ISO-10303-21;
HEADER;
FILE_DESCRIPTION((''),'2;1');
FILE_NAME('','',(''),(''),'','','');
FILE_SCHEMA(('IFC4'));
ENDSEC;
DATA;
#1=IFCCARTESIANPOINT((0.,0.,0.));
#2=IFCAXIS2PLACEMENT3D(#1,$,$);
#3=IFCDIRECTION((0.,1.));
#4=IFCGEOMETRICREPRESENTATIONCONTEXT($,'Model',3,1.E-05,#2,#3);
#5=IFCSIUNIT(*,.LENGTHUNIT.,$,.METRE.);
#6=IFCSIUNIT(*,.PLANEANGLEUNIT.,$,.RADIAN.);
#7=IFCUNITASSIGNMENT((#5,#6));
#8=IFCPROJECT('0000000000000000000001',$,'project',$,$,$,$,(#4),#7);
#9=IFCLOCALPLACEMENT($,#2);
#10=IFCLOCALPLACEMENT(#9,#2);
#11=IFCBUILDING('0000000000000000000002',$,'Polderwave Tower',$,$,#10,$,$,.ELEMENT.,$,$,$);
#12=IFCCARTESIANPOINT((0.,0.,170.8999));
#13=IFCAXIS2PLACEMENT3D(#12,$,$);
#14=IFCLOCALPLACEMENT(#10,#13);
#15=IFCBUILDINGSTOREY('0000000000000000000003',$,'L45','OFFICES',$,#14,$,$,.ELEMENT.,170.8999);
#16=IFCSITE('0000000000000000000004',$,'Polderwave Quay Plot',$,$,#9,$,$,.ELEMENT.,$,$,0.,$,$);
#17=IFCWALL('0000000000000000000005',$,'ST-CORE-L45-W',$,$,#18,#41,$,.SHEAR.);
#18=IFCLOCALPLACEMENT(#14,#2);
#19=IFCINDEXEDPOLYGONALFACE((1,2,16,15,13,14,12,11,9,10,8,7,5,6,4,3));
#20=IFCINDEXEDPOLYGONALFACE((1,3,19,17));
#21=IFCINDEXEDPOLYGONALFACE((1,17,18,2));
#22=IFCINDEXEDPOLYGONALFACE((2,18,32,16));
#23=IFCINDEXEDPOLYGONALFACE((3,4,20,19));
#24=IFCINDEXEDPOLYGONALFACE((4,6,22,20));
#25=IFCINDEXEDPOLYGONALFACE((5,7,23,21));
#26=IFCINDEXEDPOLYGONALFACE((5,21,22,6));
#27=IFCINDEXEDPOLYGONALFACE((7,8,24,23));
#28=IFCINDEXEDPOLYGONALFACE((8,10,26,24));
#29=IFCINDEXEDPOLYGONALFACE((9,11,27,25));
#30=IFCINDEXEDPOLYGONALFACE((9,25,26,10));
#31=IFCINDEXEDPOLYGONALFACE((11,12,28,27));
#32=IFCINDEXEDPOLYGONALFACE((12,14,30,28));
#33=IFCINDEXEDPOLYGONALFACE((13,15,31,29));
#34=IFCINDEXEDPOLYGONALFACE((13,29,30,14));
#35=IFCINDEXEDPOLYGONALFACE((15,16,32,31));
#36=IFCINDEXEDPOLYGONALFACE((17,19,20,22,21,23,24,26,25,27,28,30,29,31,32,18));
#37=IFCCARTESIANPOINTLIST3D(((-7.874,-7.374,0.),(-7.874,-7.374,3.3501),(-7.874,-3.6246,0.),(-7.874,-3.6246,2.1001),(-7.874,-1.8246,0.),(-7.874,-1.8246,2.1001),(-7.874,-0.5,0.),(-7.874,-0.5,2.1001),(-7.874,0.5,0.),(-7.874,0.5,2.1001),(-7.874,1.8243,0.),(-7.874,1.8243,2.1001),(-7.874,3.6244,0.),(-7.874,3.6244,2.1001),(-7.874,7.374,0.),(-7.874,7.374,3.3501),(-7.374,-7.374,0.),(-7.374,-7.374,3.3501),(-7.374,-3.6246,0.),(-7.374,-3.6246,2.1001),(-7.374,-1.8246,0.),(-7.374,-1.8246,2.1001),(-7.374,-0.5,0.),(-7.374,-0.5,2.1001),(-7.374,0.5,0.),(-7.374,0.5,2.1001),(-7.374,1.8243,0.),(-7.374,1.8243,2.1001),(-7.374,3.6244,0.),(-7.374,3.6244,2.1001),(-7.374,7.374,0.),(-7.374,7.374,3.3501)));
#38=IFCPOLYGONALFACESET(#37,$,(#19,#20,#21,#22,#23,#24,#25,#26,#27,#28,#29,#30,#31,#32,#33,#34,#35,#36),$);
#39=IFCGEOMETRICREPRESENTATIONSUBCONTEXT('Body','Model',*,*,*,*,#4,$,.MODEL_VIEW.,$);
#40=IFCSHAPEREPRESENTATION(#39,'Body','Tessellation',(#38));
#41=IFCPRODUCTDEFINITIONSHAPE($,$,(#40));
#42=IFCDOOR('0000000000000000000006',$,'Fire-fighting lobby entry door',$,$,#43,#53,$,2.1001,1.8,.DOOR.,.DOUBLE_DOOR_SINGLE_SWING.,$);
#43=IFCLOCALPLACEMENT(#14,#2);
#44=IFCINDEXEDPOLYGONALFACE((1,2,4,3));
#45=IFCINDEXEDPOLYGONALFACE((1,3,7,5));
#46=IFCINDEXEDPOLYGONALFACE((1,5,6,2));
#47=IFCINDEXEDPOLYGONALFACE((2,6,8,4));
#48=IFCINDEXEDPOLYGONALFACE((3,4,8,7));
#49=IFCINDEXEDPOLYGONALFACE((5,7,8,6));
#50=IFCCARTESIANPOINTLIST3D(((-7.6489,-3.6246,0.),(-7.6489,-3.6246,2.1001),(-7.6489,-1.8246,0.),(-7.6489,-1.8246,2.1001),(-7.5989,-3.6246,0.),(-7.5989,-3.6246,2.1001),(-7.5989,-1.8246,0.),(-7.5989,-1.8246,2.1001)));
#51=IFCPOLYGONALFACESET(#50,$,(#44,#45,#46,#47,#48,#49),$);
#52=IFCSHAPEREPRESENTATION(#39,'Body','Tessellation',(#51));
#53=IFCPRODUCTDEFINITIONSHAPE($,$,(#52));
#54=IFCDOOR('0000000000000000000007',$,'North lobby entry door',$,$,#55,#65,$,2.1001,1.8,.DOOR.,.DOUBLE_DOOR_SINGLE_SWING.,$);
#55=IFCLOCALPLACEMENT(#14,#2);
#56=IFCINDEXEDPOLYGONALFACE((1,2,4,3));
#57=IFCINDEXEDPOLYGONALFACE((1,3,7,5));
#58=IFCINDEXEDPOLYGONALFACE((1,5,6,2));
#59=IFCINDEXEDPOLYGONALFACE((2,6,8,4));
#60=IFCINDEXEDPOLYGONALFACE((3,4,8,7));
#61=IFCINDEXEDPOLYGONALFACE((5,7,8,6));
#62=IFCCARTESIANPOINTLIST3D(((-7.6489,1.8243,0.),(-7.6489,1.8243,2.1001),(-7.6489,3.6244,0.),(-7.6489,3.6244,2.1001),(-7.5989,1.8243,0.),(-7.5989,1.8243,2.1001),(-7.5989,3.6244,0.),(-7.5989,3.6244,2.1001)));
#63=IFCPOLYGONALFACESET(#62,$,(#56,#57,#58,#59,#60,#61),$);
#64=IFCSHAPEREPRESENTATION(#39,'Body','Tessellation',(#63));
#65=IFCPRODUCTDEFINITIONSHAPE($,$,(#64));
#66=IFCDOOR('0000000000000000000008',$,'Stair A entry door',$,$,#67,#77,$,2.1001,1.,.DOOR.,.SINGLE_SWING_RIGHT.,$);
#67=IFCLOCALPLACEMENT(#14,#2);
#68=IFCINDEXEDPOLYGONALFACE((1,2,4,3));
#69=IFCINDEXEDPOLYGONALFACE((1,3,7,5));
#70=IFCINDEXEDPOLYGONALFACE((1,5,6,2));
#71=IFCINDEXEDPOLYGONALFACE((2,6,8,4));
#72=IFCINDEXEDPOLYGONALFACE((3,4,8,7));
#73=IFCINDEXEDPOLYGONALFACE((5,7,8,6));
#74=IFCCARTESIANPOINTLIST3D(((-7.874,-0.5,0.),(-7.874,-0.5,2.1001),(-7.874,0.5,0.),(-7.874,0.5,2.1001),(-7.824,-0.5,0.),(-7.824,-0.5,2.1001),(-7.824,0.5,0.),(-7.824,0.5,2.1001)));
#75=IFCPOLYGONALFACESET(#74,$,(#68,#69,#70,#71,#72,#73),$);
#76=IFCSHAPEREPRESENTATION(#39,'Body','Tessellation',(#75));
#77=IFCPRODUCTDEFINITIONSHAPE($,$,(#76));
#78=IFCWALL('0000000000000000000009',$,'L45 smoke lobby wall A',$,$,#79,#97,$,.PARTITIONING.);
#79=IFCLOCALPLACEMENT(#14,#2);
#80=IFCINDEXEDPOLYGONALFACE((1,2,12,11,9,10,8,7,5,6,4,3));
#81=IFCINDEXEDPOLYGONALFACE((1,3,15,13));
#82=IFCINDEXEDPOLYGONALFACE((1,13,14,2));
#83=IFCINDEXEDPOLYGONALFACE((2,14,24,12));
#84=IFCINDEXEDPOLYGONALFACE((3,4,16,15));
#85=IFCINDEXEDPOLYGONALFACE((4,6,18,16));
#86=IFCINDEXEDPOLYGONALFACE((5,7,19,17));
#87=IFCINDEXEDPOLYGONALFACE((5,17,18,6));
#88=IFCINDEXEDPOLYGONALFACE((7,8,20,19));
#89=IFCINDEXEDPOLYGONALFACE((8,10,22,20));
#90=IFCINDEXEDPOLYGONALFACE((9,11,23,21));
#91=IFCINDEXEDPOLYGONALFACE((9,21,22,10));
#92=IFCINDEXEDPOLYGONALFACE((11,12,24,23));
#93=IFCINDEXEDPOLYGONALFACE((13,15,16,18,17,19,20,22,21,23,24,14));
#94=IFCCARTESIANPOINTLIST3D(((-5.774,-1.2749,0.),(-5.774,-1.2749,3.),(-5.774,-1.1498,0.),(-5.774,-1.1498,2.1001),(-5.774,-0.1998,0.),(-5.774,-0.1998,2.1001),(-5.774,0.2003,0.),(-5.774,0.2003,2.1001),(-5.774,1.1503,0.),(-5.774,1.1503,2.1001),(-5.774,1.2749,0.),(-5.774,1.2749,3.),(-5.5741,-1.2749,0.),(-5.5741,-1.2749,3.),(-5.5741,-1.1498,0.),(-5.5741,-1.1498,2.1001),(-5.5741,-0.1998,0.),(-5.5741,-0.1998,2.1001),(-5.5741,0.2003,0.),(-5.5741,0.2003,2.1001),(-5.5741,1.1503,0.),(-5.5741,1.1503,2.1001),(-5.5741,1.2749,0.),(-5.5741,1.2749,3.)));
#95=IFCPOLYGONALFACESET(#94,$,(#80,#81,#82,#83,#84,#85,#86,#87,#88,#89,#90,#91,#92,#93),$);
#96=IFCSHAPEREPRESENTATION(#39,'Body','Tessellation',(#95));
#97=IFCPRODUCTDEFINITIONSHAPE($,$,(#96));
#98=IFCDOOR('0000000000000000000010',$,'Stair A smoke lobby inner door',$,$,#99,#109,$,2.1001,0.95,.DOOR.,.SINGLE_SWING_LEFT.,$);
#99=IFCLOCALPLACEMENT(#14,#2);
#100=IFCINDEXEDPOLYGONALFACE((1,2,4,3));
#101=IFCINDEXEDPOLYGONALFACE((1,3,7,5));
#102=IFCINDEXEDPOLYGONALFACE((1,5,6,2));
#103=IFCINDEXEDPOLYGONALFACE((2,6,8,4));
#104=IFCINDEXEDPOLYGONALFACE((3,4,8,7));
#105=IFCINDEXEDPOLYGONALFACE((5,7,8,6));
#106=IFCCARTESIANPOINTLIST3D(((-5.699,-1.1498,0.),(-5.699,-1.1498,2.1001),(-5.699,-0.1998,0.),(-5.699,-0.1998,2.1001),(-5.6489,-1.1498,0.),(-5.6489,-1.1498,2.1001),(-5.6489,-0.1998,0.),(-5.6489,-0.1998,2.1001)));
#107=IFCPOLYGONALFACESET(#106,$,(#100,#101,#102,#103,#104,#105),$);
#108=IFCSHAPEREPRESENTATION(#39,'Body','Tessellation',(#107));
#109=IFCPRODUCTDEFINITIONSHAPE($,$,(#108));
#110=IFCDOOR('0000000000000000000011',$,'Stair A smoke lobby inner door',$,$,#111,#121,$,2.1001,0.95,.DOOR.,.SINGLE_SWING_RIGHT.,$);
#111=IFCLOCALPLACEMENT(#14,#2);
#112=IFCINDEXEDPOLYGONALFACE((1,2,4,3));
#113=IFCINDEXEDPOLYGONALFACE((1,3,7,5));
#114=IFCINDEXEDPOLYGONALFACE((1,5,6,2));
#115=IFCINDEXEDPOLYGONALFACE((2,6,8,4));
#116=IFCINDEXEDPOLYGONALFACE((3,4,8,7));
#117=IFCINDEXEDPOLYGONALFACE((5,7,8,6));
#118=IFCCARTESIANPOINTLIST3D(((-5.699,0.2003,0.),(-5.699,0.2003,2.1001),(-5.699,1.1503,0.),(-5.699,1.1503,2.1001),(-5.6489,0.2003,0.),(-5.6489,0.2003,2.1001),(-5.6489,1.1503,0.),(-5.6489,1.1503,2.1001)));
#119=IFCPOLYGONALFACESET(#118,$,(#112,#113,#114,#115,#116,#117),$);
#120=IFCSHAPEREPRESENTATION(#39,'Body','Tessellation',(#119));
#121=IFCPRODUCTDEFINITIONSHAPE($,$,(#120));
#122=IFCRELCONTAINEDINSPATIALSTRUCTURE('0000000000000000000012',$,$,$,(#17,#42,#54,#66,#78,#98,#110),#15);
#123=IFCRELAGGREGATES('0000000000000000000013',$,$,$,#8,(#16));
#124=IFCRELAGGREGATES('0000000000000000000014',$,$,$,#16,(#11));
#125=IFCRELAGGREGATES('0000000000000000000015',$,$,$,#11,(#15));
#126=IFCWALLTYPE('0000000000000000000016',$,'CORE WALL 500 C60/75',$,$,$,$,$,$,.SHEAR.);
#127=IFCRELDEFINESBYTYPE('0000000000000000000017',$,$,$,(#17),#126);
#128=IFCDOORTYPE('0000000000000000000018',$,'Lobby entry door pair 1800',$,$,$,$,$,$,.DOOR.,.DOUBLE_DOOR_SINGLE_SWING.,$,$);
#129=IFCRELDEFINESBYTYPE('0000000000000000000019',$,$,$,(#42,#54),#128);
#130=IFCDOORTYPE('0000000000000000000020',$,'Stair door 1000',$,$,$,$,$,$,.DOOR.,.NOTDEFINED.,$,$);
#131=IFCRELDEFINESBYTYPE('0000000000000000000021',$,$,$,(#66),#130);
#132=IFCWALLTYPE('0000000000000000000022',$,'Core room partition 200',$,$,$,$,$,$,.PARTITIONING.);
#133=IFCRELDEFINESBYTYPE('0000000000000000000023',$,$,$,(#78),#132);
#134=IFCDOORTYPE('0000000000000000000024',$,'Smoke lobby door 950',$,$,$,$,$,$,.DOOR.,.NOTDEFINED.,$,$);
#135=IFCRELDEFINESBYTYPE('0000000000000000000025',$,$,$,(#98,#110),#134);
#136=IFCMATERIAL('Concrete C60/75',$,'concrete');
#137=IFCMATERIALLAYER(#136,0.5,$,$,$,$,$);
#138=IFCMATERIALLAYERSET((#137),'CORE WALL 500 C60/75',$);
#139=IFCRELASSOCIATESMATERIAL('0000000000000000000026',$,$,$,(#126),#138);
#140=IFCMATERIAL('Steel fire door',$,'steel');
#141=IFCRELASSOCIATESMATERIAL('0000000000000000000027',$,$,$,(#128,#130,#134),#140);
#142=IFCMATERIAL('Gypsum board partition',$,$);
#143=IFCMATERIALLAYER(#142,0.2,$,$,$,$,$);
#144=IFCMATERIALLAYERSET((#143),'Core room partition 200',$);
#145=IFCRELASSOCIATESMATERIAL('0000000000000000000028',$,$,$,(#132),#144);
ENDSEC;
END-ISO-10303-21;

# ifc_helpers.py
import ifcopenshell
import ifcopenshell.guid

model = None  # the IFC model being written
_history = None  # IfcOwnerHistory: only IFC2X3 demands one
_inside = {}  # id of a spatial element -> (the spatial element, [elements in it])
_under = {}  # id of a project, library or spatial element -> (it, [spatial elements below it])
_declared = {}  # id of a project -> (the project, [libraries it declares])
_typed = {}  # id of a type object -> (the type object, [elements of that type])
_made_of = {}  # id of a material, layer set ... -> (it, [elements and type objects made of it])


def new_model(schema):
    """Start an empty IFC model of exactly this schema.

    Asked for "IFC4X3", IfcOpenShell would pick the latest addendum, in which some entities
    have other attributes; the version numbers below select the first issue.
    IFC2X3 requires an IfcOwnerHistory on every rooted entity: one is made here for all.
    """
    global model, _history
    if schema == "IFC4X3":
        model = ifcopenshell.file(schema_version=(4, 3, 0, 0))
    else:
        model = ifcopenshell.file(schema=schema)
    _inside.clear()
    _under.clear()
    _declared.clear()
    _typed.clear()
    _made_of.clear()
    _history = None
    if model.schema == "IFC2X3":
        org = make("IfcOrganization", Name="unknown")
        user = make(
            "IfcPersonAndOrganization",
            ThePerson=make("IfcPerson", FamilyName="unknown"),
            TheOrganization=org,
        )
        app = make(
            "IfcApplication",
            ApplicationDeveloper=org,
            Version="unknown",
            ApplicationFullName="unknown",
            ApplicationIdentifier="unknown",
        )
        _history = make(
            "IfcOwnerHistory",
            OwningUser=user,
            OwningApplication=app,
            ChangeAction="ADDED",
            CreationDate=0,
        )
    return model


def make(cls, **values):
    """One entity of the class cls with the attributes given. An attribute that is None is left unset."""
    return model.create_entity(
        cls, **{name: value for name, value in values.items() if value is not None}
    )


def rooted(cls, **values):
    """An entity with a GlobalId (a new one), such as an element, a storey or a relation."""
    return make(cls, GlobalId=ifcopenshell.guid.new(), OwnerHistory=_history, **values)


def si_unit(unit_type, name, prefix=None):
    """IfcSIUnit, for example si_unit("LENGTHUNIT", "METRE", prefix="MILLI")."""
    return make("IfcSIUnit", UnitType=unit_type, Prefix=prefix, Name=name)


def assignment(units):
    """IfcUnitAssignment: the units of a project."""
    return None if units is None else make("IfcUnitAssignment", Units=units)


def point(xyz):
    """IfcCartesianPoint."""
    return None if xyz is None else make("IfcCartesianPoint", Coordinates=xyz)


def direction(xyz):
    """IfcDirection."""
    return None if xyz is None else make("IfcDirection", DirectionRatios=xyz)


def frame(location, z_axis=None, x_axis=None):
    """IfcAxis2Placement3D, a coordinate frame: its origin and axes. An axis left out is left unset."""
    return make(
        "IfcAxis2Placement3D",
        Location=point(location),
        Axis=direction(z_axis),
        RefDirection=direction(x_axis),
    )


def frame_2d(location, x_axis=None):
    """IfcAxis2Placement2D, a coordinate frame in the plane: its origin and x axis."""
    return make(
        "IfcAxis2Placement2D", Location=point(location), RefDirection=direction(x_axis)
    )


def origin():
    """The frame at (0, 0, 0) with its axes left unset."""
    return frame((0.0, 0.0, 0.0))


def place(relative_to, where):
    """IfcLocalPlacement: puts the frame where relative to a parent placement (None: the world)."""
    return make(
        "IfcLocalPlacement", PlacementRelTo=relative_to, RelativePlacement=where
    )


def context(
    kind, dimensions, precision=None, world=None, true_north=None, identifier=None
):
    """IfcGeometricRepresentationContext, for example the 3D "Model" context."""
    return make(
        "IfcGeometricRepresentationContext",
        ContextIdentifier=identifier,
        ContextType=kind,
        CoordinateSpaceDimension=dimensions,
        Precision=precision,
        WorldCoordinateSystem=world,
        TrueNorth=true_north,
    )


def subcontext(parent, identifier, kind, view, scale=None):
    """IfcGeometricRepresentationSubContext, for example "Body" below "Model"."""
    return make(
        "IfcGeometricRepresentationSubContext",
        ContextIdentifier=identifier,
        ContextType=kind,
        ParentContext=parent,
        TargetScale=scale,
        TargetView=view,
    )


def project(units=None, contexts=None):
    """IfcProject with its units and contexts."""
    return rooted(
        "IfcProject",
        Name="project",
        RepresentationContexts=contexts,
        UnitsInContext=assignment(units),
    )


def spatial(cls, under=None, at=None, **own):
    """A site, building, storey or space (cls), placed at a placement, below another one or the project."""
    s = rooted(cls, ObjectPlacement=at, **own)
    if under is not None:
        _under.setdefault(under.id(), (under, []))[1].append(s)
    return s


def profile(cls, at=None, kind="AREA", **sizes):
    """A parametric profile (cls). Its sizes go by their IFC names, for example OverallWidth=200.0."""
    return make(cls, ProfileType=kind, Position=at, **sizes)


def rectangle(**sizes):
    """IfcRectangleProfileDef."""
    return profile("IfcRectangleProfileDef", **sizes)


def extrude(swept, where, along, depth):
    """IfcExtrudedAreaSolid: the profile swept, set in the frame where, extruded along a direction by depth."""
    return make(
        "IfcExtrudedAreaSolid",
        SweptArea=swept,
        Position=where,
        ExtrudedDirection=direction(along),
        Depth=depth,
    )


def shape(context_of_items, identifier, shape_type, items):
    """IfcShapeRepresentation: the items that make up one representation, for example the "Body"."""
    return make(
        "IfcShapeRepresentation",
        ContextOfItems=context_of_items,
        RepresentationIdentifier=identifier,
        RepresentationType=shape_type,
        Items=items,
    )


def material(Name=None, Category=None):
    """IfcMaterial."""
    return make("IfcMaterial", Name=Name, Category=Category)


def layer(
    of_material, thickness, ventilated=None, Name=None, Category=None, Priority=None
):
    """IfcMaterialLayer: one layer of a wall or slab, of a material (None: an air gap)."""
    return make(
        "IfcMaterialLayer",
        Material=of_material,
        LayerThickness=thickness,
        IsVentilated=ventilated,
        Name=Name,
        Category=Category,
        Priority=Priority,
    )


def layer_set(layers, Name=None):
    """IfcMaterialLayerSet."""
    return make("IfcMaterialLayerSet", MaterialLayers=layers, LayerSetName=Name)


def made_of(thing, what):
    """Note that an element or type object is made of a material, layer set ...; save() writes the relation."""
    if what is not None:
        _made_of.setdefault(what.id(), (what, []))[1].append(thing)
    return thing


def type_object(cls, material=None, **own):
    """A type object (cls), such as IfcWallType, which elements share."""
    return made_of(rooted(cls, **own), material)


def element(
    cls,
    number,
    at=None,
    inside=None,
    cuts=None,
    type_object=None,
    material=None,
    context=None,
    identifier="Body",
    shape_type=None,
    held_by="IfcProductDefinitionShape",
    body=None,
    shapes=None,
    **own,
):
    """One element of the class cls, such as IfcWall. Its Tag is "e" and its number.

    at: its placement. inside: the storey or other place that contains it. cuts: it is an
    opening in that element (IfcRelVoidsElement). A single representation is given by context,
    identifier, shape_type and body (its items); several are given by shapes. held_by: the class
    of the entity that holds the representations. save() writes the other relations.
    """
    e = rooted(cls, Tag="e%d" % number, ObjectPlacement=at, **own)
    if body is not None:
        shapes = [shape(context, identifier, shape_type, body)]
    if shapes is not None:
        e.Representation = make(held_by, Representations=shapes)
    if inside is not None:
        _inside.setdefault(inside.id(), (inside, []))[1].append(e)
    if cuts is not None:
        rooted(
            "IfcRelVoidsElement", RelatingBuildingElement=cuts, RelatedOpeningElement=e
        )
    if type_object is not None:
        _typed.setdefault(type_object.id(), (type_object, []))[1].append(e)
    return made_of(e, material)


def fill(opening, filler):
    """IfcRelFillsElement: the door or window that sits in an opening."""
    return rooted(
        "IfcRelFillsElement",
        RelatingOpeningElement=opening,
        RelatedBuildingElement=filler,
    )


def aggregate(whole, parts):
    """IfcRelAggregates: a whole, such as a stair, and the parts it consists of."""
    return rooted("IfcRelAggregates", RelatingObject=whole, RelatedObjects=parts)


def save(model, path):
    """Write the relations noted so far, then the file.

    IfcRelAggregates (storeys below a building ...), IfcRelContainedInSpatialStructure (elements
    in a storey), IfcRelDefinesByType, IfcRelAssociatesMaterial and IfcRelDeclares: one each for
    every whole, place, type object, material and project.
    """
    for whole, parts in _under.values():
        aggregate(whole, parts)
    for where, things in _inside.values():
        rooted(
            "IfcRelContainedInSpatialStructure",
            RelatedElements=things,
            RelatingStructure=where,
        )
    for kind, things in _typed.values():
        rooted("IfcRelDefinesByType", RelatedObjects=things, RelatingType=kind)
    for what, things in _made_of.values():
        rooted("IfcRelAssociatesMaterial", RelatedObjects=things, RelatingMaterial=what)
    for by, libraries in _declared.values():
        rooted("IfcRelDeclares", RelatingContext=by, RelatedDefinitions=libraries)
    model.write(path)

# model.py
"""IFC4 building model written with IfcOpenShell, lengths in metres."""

from ifc_helpers import new_model, si_unit, direction, frame, frame_2d, origin, place, context, subcontext, project, spatial, rectangle, extrude, material, layer, layer_set, type_object, element, fill, save


model = new_model("IFC4")

# Units and contexts
model_context = context("Model", 3, precision=1e-05, world=origin(), true_north=direction((0.0, 1.0)))
body_context = subcontext(model_context, "Body", "Model", "MODEL_VIEW")
ifc_project = project(units=[si_unit("LENGTHUNIT", "METRE"), si_unit("PLANEANGLEUNIT", "RADIAN")], contexts=[model_context])

# Site, building, storey
site_placement = place(None, origin())
site = spatial("IfcSite", under=ifc_project, at=site_placement, Name="Polderwave Quay Plot", CompositionType="ELEMENT", RefElevation=0.0)
building_placement = place(site_placement, origin())
building = spatial("IfcBuilding", under=site, at=building_placement, Name="Polderwave Tower", CompositionType="ELEMENT")
storey_placement = place(building_placement, frame((0.0, 0.0, 170.8999)))
storey = spatial("IfcBuildingStorey", under=building, at=storey_placement, Name="L45", Description="OFFICES", CompositionType="ELEMENT", Elevation=170.8999)

# Walls, openings, doors
ifc_material_1 = material(Name="Concrete C60/75", Category="concrete")
ifc_layer_1 = layer(ifc_material_1, 0.5)
ifc_layer_set_1 = layer_set([ifc_layer_1], Name="CORE WALL 500 C60/75")
wall_type_1 = type_object("IfcWallType", Name="CORE WALL 500 C60/75", PredefinedType="SHEAR", material=ifc_layer_set_1)
wall_1_placement = place(storey_placement, frame((-7.624, -7.374, 0.0), z_axis=(0.0, 0.0, 1.0), x_axis=(0.0, 1.0, 0.0)))
wall_1 = element("IfcWall", 1, at=wall_1_placement, inside=storey, type_object=wall_type_1, Name="ST-CORE-L45-W", PredefinedType="SHEAR", context=body_context, shape_type="SweptSolid", body=[
    extrude(rectangle(XDim=14.748, YDim=0.5, at=frame_2d((7.374, 0.0))), origin(), (0.0, 0.0, 1.0), 3.3501),
])
opening_1_placement = place(wall_1_placement, frame((6.874, 0.0, 0.0)))
opening_1 = element("IfcOpeningElement", 2, at=opening_1_placement, cuts=wall_1, PredefinedType="OPENING", context=body_context, shape_type="SweptSolid", body=[
    extrude(rectangle(XDim=1.0, YDim=2.1001, at=frame_2d((0.5, 1.05))), frame((0.0, 0.26, 0.0), z_axis=(0.0, -1.0, 0.0), x_axis=(1.0, 0.0, 0.0)), (0.0, 0.0, 1.0), 0.52),
])
opening_2_placement = place(wall_1_placement, frame((3.7495, 0.0, 0.0)))
opening_2 = element("IfcOpeningElement", 3, at=opening_2_placement, cuts=wall_1, PredefinedType="OPENING", context=body_context, shape_type="SweptSolid", body=[
    extrude(rectangle(XDim=1.8, YDim=2.1001, at=frame_2d((0.8999, 1.05))), frame((0.0, 0.26, 0.0), z_axis=(0.0, -1.0, 0.0), x_axis=(1.0, 0.0, 0.0)), (0.0, 0.0, 1.0), 0.52),
])
opening_3_placement = place(wall_1_placement, frame((9.1985, 0.0, 0.0)))
opening_3 = element("IfcOpeningElement", 4, at=opening_3_placement, cuts=wall_1, PredefinedType="OPENING", context=body_context, shape_type="SweptSolid", body=[
    extrude(rectangle(XDim=1.8, YDim=2.1001, at=frame_2d((0.8999, 1.05))), frame((0.0, 0.26, 0.0), z_axis=(0.0, -1.0, 0.0), x_axis=(1.0, 0.0, 0.0)), (0.0, 0.0, 1.0), 0.52),
])
ifc_material_2 = material(Name="Steel fire door", Category="steel")
door_type_1 = type_object("IfcDoorType", Name="Lobby entry door pair 1800", OperationType="DOUBLE_DOOR_SINGLE_SWING", PredefinedType="DOOR", material=ifc_material_2)
door_1_placement = place(opening_2_placement, origin())
door_1 = element("IfcDoor", 5, at=door_1_placement, inside=storey, type_object=door_type_1, Name="Fire-fighting lobby entry door", OperationType="DOUBLE_DOOR_SINGLE_SWING", OverallHeight=2.1001, OverallWidth=1.8, PredefinedType="DOOR", context=body_context, shape_type="SweptSolid", body=[
    extrude(rectangle(XDim=1.8, YDim=2.1001, at=frame_2d((0.8999, 1.05))), frame((0.0, 0.0249, 0.0), z_axis=(0.0, -1.0, 0.0), x_axis=(1.0, 0.0, 0.0)), (0.0, 0.0, 1.0), 0.05),
])
fill(opening_2, door_1)
door_2_placement = place(opening_3_placement, origin())
door_2 = element("IfcDoor", 6, at=door_2_placement, inside=storey, type_object=door_type_1, Name="North lobby entry door", OperationType="DOUBLE_DOOR_SINGLE_SWING", OverallHeight=2.1001, OverallWidth=1.8, PredefinedType="DOOR", context=body_context, shape_type="SweptSolid", body=[
    extrude(rectangle(XDim=1.8, YDim=2.1001, at=frame_2d((0.8999, 1.05))), frame((0.0, 0.0249, 0.0), z_axis=(0.0, -1.0, 0.0), x_axis=(1.0, 0.0, 0.0)), (0.0, 0.0, 1.0), 0.05),
])
fill(opening_3, door_2)
door_type_2 = type_object("IfcDoorType", Name="Stair door 1000", OperationType="NOTDEFINED", PredefinedType="DOOR", material=ifc_material_2)
door_3_placement = place(opening_1_placement, origin())
door_3 = element("IfcDoor", 7, at=door_3_placement, inside=storey, type_object=door_type_2, Name="Stair A entry door", OperationType="SINGLE_SWING_RIGHT", OverallHeight=2.1001, OverallWidth=1.0, PredefinedType="DOOR", context=body_context, shape_type="SweptSolid", body=[
    extrude(rectangle(XDim=1.0, YDim=2.1001, at=frame_2d((0.5, 1.05))), frame((0.0, 0.25, 0.0), z_axis=(0.0, -1.0, 0.0), x_axis=(1.0, 0.0, 0.0)), (0.0, 0.0, 1.0), 0.05),
])
fill(opening_1, door_3)
ifc_material_3 = material(Name="Gypsum board partition")
ifc_layer_2 = layer(ifc_material_3, 0.2)
ifc_layer_set_2 = layer_set([ifc_layer_2], Name="Core room partition 200")
wall_type_2 = type_object("IfcWallType", Name="Core room partition 200", PredefinedType="PARTITIONING", material=ifc_layer_set_2)
wall_2_placement = place(storey_placement, frame((-5.6741, -1.2749, 0.0), z_axis=(0.0, 0.0, 1.0), x_axis=(0.0, 1.0, 0.0)))
wall_2 = element("IfcWall", 8, at=wall_2_placement, inside=storey, type_object=wall_type_2, Name="L45 smoke lobby wall A", PredefinedType="PARTITIONING", context=body_context, shape_type="SweptSolid", body=[
    extrude(rectangle(XDim=2.5498, YDim=0.2, at=frame_2d((1.2749, 0.0))), origin(), (0.0, 0.0, 1.0), 3.0),
])
opening_4_placement = place(wall_2_placement, frame((0.125, 0.0, 0.0)))
opening_4 = element("IfcOpeningElement", 9, at=opening_4_placement, cuts=wall_2, PredefinedType="OPENING", context=body_context, shape_type="SweptSolid", body=[
    extrude(rectangle(XDim=0.95, YDim=2.1001, at=frame_2d((0.4751, 1.05))), frame((0.0, 0.1099, 0.0), z_axis=(0.0, -1.0, 0.0), x_axis=(1.0, 0.0, 0.0)), (0.0, 0.0, 1.0), 0.22),
])
opening_5_placement = place(wall_2_placement, frame((1.4751, 0.0, 0.0)))
opening_5 = element("IfcOpeningElement", 10, at=opening_5_placement, cuts=wall_2, PredefinedType="OPENING", context=body_context, shape_type="SweptSolid", body=[
    extrude(rectangle(XDim=0.95, YDim=2.1001, at=frame_2d((0.4751, 1.05))), frame((0.0, 0.1099, 0.0), z_axis=(0.0, -1.0, 0.0), x_axis=(1.0, 0.0, 0.0)), (0.0, 0.0, 1.0), 0.22),
])
door_type_3 = type_object("IfcDoorType", Name="Smoke lobby door 950", OperationType="NOTDEFINED", PredefinedType="DOOR", material=ifc_material_2)
door_4_placement = place(opening_4_placement, origin())
door_4 = element("IfcDoor", 11, at=door_4_placement, inside=storey, type_object=door_type_3, Name="Stair A smoke lobby inner door", OperationType="SINGLE_SWING_LEFT", OverallHeight=2.1001, OverallWidth=0.95, PredefinedType="DOOR", context=body_context, shape_type="SweptSolid", body=[
    extrude(rectangle(XDim=0.95, YDim=2.1001, at=frame_2d((0.4751, 1.05))), frame((0.0, 0.0249, 0.0), z_axis=(0.0, -1.0, 0.0), x_axis=(1.0, 0.0, 0.0)), (0.0, 0.0, 1.0), 0.05),
])
fill(opening_4, door_4)
door_5_placement = place(opening_5_placement, origin())
door_5 = element("IfcDoor", 12, at=door_5_placement, inside=storey, type_object=door_type_3, Name="Stair A smoke lobby inner door", OperationType="SINGLE_SWING_RIGHT", OverallHeight=2.1001, OverallWidth=0.95, PredefinedType="DOOR", context=body_context, shape_type="SweptSolid", body=[
    extrude(rectangle(XDim=0.95, YDim=2.1001, at=frame_2d((0.4751, 1.05))), frame((0.0, 0.0249, 0.0), z_axis=(0.0, -1.0, 0.0), x_axis=(1.0, 0.0, 0.0)), (0.0, 0.0, 1.0), 0.05),
])
fill(opening_5, door_5)

save(model, "model.ifc")
